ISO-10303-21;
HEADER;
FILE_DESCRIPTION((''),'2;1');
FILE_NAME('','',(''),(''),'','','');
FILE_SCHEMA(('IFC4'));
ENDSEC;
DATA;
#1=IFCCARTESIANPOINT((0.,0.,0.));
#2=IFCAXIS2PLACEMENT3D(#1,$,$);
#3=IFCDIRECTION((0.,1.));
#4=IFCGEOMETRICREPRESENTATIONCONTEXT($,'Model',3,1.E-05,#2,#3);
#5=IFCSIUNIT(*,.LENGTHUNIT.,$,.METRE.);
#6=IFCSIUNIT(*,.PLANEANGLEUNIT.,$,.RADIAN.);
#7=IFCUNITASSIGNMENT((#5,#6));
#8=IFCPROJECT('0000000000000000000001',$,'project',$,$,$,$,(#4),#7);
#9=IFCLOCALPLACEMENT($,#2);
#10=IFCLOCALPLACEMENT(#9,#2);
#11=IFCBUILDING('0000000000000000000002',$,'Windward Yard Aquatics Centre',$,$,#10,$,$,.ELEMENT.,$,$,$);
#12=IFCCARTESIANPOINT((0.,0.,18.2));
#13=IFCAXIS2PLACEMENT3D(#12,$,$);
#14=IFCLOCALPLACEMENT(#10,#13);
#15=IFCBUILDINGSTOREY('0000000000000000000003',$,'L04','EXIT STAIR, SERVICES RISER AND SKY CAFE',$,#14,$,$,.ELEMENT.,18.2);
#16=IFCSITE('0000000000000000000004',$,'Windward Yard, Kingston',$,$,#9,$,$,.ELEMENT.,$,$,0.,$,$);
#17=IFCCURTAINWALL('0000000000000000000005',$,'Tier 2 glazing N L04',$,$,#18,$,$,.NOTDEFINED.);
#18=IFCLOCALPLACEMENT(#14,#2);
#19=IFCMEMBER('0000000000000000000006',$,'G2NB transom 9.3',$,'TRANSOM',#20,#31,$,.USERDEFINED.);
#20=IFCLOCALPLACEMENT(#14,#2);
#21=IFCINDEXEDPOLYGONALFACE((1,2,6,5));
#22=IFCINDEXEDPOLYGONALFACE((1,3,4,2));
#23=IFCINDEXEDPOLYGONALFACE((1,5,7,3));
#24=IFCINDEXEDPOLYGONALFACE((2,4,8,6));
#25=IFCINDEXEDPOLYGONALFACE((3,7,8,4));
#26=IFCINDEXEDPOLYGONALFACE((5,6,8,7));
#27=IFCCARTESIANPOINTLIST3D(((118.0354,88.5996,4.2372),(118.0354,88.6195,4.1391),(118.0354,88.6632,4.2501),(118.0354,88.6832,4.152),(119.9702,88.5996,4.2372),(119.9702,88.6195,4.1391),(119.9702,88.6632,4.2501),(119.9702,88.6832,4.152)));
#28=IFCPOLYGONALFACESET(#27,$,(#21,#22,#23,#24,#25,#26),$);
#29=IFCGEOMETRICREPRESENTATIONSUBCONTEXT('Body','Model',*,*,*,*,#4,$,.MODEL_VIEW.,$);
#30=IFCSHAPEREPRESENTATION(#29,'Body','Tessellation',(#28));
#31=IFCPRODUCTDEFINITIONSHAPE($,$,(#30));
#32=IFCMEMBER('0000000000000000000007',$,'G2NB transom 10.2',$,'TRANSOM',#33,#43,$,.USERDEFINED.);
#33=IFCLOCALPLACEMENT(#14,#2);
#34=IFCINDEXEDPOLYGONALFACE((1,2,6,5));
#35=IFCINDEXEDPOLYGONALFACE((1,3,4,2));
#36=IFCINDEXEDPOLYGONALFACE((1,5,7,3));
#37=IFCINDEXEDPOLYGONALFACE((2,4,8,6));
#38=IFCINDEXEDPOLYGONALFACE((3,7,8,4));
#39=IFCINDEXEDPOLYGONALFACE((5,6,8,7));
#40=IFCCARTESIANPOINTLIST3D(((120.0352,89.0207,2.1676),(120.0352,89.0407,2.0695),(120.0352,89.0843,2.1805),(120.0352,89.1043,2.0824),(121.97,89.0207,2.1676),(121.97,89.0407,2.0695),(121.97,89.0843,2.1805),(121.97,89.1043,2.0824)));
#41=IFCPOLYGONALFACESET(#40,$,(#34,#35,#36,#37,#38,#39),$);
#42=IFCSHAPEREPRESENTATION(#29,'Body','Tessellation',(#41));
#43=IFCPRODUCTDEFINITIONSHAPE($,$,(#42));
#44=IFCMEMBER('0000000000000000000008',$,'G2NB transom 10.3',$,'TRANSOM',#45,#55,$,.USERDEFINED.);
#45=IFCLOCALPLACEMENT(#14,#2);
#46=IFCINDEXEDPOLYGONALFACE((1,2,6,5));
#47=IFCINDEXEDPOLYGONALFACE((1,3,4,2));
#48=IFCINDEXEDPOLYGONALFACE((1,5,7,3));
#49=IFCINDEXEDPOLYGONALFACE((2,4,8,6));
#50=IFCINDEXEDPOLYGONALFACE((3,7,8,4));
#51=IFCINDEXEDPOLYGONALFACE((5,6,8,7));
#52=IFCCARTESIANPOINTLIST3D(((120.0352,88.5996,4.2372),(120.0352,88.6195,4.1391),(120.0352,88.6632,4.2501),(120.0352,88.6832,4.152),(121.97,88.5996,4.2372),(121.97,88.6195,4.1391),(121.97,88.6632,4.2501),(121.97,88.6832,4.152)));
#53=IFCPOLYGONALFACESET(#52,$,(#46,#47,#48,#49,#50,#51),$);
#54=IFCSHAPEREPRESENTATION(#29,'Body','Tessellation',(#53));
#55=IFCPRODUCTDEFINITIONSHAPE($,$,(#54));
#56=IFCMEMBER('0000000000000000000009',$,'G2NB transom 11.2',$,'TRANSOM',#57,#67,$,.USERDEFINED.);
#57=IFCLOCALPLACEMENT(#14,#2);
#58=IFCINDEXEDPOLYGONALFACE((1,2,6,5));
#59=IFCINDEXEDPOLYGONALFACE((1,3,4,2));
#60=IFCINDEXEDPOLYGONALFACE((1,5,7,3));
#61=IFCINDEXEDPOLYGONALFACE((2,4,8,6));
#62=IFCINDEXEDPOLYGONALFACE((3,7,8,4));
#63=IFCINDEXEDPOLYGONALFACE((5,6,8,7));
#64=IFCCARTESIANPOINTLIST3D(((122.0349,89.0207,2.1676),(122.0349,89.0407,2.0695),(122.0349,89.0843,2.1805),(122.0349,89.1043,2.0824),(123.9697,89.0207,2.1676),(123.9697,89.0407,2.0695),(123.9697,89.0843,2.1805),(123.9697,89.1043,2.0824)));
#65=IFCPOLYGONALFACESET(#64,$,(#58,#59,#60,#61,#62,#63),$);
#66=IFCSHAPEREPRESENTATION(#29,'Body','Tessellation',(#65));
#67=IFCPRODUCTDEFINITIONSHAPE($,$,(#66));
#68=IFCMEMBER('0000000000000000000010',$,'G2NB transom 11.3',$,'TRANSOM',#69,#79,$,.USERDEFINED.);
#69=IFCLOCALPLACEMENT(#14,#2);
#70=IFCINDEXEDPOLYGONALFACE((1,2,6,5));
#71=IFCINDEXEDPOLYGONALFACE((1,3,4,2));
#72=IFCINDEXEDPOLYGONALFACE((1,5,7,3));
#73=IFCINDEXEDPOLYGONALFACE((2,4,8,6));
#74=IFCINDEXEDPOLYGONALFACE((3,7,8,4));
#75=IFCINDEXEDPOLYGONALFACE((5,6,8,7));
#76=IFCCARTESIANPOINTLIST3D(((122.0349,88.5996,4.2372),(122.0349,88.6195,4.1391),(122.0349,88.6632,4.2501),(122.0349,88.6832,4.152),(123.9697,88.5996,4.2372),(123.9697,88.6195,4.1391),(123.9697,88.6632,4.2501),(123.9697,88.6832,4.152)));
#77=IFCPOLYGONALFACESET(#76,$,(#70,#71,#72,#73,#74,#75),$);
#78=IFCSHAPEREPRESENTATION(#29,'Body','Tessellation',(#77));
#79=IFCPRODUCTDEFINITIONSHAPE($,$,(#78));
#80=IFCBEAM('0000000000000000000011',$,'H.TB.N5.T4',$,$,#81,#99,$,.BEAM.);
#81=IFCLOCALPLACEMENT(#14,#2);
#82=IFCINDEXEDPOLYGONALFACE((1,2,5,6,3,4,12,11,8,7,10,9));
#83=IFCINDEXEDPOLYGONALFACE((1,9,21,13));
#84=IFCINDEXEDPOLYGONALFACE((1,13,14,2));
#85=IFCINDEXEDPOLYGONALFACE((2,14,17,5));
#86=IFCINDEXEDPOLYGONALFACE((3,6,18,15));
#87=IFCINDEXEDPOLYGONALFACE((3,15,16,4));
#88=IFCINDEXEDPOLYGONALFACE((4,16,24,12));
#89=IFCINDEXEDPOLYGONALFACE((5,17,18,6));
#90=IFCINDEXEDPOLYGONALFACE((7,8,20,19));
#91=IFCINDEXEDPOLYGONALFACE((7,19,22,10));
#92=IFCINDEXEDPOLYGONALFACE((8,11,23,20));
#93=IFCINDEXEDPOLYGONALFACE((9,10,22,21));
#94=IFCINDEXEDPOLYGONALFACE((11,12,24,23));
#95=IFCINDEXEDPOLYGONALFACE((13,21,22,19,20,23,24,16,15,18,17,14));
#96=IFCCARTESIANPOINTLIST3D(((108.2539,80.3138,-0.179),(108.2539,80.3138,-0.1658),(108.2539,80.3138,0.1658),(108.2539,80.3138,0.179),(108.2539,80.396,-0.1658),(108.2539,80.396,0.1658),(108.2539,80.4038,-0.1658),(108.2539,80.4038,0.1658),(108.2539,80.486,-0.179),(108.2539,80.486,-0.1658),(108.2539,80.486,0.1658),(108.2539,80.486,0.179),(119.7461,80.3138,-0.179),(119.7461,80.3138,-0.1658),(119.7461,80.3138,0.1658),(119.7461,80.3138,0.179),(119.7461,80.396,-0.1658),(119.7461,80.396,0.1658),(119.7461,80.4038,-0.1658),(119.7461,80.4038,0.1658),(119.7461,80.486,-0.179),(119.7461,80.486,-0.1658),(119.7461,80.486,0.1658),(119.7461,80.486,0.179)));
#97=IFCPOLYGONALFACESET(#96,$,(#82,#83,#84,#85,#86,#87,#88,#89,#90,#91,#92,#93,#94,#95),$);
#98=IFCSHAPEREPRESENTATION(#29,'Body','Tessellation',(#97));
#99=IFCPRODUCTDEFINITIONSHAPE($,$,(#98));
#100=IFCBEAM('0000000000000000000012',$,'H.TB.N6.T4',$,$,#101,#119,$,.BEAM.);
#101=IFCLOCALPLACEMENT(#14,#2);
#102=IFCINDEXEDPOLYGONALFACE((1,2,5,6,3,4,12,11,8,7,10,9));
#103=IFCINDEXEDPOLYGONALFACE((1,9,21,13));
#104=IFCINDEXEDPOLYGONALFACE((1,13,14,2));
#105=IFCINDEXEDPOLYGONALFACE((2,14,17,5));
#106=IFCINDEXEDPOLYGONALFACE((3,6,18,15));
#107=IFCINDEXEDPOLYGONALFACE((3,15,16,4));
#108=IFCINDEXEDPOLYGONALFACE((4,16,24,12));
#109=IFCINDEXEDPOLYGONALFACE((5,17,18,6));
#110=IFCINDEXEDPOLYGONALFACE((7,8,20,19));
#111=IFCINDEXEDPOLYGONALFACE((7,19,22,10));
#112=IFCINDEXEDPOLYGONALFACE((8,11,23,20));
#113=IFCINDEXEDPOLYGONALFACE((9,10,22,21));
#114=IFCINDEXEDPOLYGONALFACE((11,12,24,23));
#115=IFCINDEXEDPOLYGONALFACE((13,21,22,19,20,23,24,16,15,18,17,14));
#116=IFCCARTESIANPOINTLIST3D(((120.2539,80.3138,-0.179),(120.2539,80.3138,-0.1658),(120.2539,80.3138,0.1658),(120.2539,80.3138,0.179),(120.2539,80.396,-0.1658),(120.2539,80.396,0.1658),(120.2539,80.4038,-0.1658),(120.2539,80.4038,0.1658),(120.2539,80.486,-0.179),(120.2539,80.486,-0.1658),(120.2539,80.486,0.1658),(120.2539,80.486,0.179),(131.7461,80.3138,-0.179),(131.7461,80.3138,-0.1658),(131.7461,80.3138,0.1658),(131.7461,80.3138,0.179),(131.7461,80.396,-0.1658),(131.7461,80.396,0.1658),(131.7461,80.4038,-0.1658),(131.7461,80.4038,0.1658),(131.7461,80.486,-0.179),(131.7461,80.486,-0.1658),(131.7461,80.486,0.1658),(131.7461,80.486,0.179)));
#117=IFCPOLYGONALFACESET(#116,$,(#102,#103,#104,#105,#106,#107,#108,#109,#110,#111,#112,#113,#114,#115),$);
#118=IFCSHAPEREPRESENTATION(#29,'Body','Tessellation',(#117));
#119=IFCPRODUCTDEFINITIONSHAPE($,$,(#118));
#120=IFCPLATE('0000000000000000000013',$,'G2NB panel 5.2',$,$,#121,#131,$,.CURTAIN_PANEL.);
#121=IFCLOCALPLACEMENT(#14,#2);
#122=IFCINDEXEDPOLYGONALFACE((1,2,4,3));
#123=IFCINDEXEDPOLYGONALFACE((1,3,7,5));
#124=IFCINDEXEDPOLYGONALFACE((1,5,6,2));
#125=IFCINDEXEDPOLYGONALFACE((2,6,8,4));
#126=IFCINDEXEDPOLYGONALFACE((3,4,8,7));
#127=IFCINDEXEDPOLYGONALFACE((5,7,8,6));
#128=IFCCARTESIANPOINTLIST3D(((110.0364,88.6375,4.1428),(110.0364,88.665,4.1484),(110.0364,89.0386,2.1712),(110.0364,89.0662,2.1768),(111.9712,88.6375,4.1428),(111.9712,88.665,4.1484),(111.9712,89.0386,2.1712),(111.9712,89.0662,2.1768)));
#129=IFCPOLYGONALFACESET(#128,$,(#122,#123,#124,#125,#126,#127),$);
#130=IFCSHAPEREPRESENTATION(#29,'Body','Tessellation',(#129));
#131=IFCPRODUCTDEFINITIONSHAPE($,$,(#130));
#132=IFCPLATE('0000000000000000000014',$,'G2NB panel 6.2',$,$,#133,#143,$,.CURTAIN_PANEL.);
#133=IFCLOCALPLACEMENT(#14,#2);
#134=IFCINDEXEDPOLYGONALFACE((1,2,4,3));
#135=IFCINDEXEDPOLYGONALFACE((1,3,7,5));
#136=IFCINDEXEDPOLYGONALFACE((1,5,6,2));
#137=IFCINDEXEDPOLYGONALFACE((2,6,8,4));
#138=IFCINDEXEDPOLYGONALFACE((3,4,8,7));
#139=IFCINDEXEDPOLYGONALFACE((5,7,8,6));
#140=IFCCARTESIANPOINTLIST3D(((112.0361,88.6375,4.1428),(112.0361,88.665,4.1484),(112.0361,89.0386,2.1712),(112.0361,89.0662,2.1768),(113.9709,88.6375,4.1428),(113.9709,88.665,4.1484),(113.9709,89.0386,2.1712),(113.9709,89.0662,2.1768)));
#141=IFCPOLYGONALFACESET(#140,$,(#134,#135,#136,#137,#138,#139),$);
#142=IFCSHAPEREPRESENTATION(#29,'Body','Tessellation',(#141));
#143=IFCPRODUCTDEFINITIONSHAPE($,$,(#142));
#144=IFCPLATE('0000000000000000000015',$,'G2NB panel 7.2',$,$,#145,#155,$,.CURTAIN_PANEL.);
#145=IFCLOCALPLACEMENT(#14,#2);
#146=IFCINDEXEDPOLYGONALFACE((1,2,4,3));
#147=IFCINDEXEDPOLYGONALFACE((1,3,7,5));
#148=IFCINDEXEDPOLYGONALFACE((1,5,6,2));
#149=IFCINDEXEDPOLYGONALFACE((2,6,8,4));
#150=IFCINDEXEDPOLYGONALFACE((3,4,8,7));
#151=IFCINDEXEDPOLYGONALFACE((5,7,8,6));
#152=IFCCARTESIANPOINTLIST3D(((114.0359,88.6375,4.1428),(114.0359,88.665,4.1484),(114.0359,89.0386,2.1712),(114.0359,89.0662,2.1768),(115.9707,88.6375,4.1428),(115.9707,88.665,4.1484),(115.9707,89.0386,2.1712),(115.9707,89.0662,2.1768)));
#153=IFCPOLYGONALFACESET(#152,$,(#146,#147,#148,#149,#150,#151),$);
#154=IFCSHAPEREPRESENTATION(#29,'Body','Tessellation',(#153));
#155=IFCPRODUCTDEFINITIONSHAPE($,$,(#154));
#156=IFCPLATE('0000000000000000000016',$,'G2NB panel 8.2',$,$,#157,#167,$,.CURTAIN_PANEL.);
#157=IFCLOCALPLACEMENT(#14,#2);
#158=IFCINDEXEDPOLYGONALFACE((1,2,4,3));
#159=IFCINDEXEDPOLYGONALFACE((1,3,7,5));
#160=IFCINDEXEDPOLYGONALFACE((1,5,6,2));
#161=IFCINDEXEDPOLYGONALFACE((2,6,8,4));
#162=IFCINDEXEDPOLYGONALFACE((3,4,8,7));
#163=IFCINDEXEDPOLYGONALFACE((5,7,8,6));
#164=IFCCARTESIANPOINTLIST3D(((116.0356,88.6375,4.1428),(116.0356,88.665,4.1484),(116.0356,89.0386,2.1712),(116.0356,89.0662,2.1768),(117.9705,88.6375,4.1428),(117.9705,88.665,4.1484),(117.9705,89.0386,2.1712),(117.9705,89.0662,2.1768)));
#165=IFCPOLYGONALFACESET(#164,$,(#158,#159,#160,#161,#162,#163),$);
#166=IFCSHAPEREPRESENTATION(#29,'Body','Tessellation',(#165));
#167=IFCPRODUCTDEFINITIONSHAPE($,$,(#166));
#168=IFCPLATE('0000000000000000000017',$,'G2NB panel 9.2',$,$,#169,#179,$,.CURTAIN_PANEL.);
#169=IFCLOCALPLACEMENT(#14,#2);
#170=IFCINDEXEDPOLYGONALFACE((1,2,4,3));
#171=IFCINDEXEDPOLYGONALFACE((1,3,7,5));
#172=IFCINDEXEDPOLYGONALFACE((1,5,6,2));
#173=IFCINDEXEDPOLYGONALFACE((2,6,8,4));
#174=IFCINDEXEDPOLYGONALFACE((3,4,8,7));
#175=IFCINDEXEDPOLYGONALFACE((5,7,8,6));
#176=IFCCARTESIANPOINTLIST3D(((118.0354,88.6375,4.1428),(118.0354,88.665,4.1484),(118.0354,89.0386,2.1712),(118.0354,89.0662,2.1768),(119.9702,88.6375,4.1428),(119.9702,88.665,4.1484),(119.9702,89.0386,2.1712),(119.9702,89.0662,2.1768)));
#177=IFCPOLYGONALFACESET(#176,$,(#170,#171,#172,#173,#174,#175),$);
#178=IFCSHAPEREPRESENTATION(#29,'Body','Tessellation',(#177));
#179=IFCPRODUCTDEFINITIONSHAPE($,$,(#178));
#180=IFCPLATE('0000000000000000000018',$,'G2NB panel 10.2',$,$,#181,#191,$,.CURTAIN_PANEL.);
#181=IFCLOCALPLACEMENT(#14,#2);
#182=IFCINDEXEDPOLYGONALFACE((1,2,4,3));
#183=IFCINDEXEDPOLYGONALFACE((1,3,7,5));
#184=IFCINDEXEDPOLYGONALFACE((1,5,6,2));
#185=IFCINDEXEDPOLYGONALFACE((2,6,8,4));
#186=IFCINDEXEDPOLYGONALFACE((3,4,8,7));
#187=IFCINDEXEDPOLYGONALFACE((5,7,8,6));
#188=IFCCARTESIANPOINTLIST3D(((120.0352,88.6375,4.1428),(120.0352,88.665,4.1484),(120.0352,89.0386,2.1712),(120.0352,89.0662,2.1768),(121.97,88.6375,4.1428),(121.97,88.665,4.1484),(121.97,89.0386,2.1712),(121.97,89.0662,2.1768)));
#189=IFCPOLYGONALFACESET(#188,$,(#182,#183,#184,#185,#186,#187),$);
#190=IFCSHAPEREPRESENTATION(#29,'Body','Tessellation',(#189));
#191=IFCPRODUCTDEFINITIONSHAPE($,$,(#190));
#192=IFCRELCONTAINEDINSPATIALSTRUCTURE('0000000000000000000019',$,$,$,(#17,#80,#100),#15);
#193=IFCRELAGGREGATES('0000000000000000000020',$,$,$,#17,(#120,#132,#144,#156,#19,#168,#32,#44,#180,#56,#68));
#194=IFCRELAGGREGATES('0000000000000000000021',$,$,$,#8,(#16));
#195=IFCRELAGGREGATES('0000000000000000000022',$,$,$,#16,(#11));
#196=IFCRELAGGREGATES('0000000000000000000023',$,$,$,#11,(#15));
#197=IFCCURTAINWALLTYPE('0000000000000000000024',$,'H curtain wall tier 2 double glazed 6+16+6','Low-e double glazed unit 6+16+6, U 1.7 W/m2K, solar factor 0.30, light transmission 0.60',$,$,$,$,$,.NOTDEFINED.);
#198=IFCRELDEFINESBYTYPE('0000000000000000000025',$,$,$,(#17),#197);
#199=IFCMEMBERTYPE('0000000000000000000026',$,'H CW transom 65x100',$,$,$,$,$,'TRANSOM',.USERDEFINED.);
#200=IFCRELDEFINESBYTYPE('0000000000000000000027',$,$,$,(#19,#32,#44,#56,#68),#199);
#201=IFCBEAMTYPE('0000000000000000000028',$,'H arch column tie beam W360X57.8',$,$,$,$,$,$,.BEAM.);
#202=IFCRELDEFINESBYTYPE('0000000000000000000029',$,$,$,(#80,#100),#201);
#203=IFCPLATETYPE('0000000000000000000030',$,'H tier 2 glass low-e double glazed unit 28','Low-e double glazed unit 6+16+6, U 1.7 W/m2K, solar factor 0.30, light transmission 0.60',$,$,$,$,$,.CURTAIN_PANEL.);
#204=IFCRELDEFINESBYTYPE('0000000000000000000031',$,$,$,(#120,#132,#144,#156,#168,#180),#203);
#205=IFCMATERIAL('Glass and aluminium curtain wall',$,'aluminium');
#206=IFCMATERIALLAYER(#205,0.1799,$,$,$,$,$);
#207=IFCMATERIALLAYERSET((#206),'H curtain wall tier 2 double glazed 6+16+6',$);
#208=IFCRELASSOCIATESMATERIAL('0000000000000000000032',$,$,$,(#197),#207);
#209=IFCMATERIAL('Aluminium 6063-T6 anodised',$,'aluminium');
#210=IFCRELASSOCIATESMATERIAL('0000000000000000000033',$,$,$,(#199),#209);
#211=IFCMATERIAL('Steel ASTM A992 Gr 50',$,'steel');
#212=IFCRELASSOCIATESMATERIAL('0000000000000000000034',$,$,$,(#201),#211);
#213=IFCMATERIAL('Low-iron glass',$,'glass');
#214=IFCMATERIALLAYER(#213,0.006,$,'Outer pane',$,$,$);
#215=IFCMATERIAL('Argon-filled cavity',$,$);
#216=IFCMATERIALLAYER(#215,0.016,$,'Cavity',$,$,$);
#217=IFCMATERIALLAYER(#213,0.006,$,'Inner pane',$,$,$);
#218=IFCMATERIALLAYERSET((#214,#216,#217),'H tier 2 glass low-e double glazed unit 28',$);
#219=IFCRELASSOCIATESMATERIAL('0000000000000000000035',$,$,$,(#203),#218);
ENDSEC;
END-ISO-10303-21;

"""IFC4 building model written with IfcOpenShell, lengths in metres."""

from ifc_helpers import new_model, si_unit, direction, frame, origin, origin_2d, place, context, subcontext, project, spatial, polyline, rectangle, i_section, outline, extrude, material, layer, layer_set, material_profile, profile_set, type_object, element, aggregate, save


model = new_model("IFC4")

# Units and contexts
model_context = context("Model", 3, precision=1e-05, world=origin(), true_north=direction((0.0, 1.0)))
body_context = subcontext(model_context, "Body", "Model", "MODEL_VIEW")
ifc_project = project(units=[si_unit("LENGTHUNIT", "METRE"), si_unit("PLANEANGLEUNIT", "RADIAN")], contexts=[model_context])

# Site, building, storey
site_placement = place(None, origin())
site = spatial("IfcSite", under=ifc_project, at=site_placement, Name="Windward Yard, Kingston", CompositionType="ELEMENT", RefElevation=0.0)
building_placement = place(site_placement, origin())
building = spatial("IfcBuilding", under=site, at=building_placement, Name="Windward Yard Aquatics Centre", CompositionType="ELEMENT")
storey_placement = place(building_placement, frame((0.0, 0.0, 18.2)))
storey = spatial("IfcBuildingStorey", under=building, at=storey_placement, Name="L04", Description="EXIT STAIR, SERVICES RISER AND SKY CAFE", CompositionType="ELEMENT", Elevation=18.2)

# Curtain wall, members
ifc_material_1 = material(Name="Glass and aluminium curtain wall", Category="aluminium")
ifc_layer_1 = layer(ifc_material_1, 0.1799)
ifc_layer_set_1 = layer_set([ifc_layer_1], Name="H curtain wall tier 2 double glazed 6+16+6")
curtain_wall_type = type_object("IfcCurtainWallType", Name="H curtain wall tier 2 double glazed 6+16+6", Description="Low-e double glazed unit 6+16+6, U 1.7 W/m2K, solar factor 0.30, light transmission 0.60", PredefinedType="NOTDEFINED", material=ifc_layer_set_1)
curtain_wall_placement = place(storey_placement, origin())
curtain_wall = element("IfcCurtainWall", 1, at=curtain_wall_placement, inside=storey, type_object=curtain_wall_type, Name="Tier 2 glazing N L04", PredefinedType="NOTDEFINED")
ifc_material_2 = material(Name="Aluminium 6063-T6 anodised", Category="aluminium")
ifc_material_profile_1 = material_profile(ifc_material_2, rectangle(XDim=0.0649, YDim=0.1001, at=origin_2d()), Name="H CW transom 65x100")
ifc_profile_set_1 = profile_set([ifc_material_profile_1], Name="Aluminium 6063-T6 anodised")
member_type = type_object("IfcMemberType", Name="H CW transom 65x100", ElementType="TRANSOM", PredefinedType="USERDEFINED", material=ifc_profile_set_1)
member_1_placement = place(storey_placement, frame((118.0354, 88.6414, 4.1946), z_axis=(1.0, 0.0, 0.0), x_axis=(0.0, 0.979925, 0.199368)))
member_1 = element("IfcMember", 2, at=member_1_placement, type_object=member_type, Name="G2NB transom 9.3", ObjectType="TRANSOM", PredefinedType="USERDEFINED", context=body_context, shape_type="SweptSolid", body=[
    extrude(rectangle(XDim=0.0649, YDim=0.1001, at=origin_2d()), origin(), (0.0, 0.0, 1.0), 1.9348),
])
member_2_placement = place(storey_placement, frame((120.0352, 89.0625, 2.125), z_axis=(1.0, 0.0, 0.0), x_axis=(0.0, 0.979925, 0.199368)))
member_2 = element("IfcMember", 3, at=member_2_placement, type_object=member_type, Name="G2NB transom 10.2", ObjectType="TRANSOM", PredefinedType="USERDEFINED", context=body_context, shape_type="SweptSolid", body=[
    extrude(rectangle(XDim=0.0649, YDim=0.1001, at=origin_2d()), origin(), (0.0, 0.0, 1.0), 1.9348),
])
member_3_placement = place(storey_placement, frame((120.0352, 88.6414, 4.1946), z_axis=(1.0, 0.0, 0.0), x_axis=(0.0, 0.979925, 0.199368)))
member_3 = element("IfcMember", 4, at=member_3_placement, type_object=member_type, Name="G2NB transom 10.3", ObjectType="TRANSOM", PredefinedType="USERDEFINED", context=body_context, shape_type="SweptSolid", body=[
    extrude(rectangle(XDim=0.0649, YDim=0.1001, at=origin_2d()), origin(), (0.0, 0.0, 1.0), 1.9348),
])
member_4_placement = place(storey_placement, frame((122.0349, 89.0625, 2.125), z_axis=(1.0, 0.0, 0.0), x_axis=(0.0, 0.979925, 0.199368)))
member_4 = element("IfcMember", 5, at=member_4_placement, type_object=member_type, Name="G2NB transom 11.2", ObjectType="TRANSOM", PredefinedType="USERDEFINED", context=body_context, shape_type="SweptSolid", body=[
    extrude(rectangle(XDim=0.0649, YDim=0.1001, at=origin_2d()), origin(), (0.0, 0.0, 1.0), 1.9348),
])
member_5_placement = place(storey_placement, frame((122.0349, 88.6414, 4.1946), z_axis=(1.0, 0.0, 0.0), x_axis=(0.0, 0.979925, 0.199368)))
member_5 = element("IfcMember", 6, at=member_5_placement, type_object=member_type, Name="G2NB transom 11.3", ObjectType="TRANSOM", PredefinedType="USERDEFINED", context=body_context, shape_type="SweptSolid", body=[
    extrude(rectangle(XDim=0.0649, YDim=0.1001, at=origin_2d()), origin(), (0.0, 0.0, 1.0), 1.9348),
])

# Beams
ifc_material_3 = material(Name="Steel ASTM A992 Gr 50", Category="steel")
ifc_material_profile_2 = material_profile(ifc_material_3, i_section(OverallWidth=0.1721, OverallDepth=0.3579, WebThickness=0.0078, FlangeThickness=0.0132, at=origin_2d()), Name="W360X57.8")
ifc_profile_set_2 = profile_set([ifc_material_profile_2], Name="Steel ASTM A992 Gr 50")
beam_type = type_object("IfcBeamType", Name="H arch column tie beam W360X57.8", PredefinedType="BEAM", material=ifc_profile_set_2)
for number, where, z_axis, x_axis, name in (
    (7, (108.2539, 80.3999, 0.0), (1.0, 0.0, 0.0), (0.0, 1.0, 0.0), "H.TB.N5.T4"),
    (8, (120.2539, 80.3999, 0.0), (1.0, 0.0, 0.0), (0.0, 1.0, 0.0), "H.TB.N6.T4"),
):
    element("IfcBeam", number, at=place(storey_placement, frame(where, z_axis=z_axis, x_axis=x_axis)), inside=storey, type_object=beam_type, Name=name, PredefinedType="BEAM", context=body_context, shape_type="SweptSolid", body=[
        extrude(i_section(OverallWidth=0.1721, OverallDepth=0.3579, WebThickness=0.0078, FlangeThickness=0.0132, at=origin_2d()), origin(), (0.0, 0.0, 1.0), 11.4922),
    ])

# Plates
ifc_material_4 = material(Name="Low-iron glass", Category="glass")
ifc_layer_2 = layer(ifc_material_4, 0.006, Name="Outer pane")
ifc_material_5 = material(Name="Argon-filled cavity")
ifc_layer_3 = layer(ifc_material_5, 0.016, Name="Cavity")
ifc_layer_4 = layer(ifc_material_4, 0.006, Name="Inner pane")
ifc_layer_set_2 = layer_set([ifc_layer_2, ifc_layer_3, ifc_layer_4], Name="H tier 2 glass low-e double glazed unit 28")
plate_type = type_object("IfcPlateType", Name="H tier 2 glass low-e double glazed unit 28", Description="Low-e double glazed unit 6+16+6, U 1.7 W/m2K, solar factor 0.30, light transmission 0.60", PredefinedType="CURTAIN_PANEL", material=ifc_layer_set_2)
plate_1_placement = place(storey_placement, frame((110.0364, 88.665, 4.1484), z_axis=(0.0, 0.979927, 0.199359), x_axis=(0.0, 0.199359, -0.979927)))
plate_1 = element("IfcPlate", 9, at=plate_1_placement, type_object=plate_type, Name="G2NB panel 5.2", PredefinedType="CURTAIN_PANEL", context=body_context, shape_type="SweptSolid", body=[
    extrude(outline(polyline([(0.0, 0.0), (2.0121, 0.0), (2.0121, -1.9348), (0.0, -1.9348), (0.0, 0.0)])), origin(), (0.0, 0.0, -1.0), 0.0281),
])
plate_2_placement = place(storey_placement, frame((112.0361, 88.665, 4.1484), z_axis=(0.0, 0.979927, 0.199359), x_axis=(0.0, 0.199359, -0.979927)))
plate_2 = element("IfcPlate", 10, at=plate_2_placement, type_object=plate_type, Name="G2NB panel 6.2", PredefinedType="CURTAIN_PANEL", context=body_context, shape_type="SweptSolid", body=[
    extrude(outline(polyline([(0.0, 0.0), (2.0121, 0.0), (2.0121, -1.9348), (0.0, -1.9348), (0.0, 0.0)])), origin(), (0.0, 0.0, -1.0), 0.0281),
])
plate_3_placement = place(storey_placement, frame((114.0359, 88.665, 4.1484), z_axis=(0.0, 0.979927, 0.199359), x_axis=(0.0, 0.199359, -0.979927)))
plate_3 = element("IfcPlate", 11, at=plate_3_placement, type_object=plate_type, Name="G2NB panel 7.2", PredefinedType="CURTAIN_PANEL", context=body_context, shape_type="SweptSolid", body=[
    extrude(outline(polyline([(0.0, 0.0), (2.0121, 0.0), (2.0121, -1.9348), (0.0, -1.9348), (0.0, 0.0)])), origin(), (0.0, 0.0, -1.0), 0.0281),
])
plate_4_placement = place(storey_placement, frame((116.0356, 88.665, 4.1484), z_axis=(0.0, 0.979927, 0.199359), x_axis=(0.0, 0.199359, -0.979927)))
plate_4 = element("IfcPlate", 12, at=plate_4_placement, type_object=plate_type, Name="G2NB panel 8.2", PredefinedType="CURTAIN_PANEL", context=body_context, shape_type="SweptSolid", body=[
    extrude(outline(polyline([(0.0, 0.0), (2.0121, 0.0), (2.0121, -1.9348), (0.0, -1.9348), (0.0, 0.0)])), origin(), (0.0, 0.0, -1.0), 0.0281),
])
plate_5_placement = place(storey_placement, frame((118.0354, 88.665, 4.1484), z_axis=(0.0, 0.979927, 0.199359), x_axis=(0.0, 0.199359, -0.979927)))
plate_5 = element("IfcPlate", 13, at=plate_5_placement, type_object=plate_type, Name="G2NB panel 9.2", PredefinedType="CURTAIN_PANEL", context=body_context, shape_type="SweptSolid", body=[
    extrude(outline(polyline([(0.0, 0.0), (2.0121, 0.0), (2.0121, -1.9348), (0.0, -1.9348), (0.0, 0.0)])), origin(), (0.0, 0.0, -1.0), 0.0281),
])
plate_6_placement = place(storey_placement, frame((120.0352, 88.665, 4.1484), z_axis=(0.0, 0.979927, 0.199359), x_axis=(0.0, 0.199359, -0.979927)))
plate_6 = element("IfcPlate", 14, at=plate_6_placement, type_object=plate_type, Name="G2NB panel 10.2", PredefinedType="CURTAIN_PANEL", context=body_context, shape_type="SweptSolid", body=[
    extrude(outline(polyline([(0.0, 0.0), (2.0121, 0.0), (2.0121, -1.9348), (0.0, -1.9348), (0.0, 0.0)])), origin(), (0.0, 0.0, -1.0), 0.0281),
])
aggregate(curtain_wall, [plate_1, plate_2, plate_3, plate_4, member_1, plate_5, member_2, member_3, plate_6, member_4, member_5])

save(model, "model.ifc")
